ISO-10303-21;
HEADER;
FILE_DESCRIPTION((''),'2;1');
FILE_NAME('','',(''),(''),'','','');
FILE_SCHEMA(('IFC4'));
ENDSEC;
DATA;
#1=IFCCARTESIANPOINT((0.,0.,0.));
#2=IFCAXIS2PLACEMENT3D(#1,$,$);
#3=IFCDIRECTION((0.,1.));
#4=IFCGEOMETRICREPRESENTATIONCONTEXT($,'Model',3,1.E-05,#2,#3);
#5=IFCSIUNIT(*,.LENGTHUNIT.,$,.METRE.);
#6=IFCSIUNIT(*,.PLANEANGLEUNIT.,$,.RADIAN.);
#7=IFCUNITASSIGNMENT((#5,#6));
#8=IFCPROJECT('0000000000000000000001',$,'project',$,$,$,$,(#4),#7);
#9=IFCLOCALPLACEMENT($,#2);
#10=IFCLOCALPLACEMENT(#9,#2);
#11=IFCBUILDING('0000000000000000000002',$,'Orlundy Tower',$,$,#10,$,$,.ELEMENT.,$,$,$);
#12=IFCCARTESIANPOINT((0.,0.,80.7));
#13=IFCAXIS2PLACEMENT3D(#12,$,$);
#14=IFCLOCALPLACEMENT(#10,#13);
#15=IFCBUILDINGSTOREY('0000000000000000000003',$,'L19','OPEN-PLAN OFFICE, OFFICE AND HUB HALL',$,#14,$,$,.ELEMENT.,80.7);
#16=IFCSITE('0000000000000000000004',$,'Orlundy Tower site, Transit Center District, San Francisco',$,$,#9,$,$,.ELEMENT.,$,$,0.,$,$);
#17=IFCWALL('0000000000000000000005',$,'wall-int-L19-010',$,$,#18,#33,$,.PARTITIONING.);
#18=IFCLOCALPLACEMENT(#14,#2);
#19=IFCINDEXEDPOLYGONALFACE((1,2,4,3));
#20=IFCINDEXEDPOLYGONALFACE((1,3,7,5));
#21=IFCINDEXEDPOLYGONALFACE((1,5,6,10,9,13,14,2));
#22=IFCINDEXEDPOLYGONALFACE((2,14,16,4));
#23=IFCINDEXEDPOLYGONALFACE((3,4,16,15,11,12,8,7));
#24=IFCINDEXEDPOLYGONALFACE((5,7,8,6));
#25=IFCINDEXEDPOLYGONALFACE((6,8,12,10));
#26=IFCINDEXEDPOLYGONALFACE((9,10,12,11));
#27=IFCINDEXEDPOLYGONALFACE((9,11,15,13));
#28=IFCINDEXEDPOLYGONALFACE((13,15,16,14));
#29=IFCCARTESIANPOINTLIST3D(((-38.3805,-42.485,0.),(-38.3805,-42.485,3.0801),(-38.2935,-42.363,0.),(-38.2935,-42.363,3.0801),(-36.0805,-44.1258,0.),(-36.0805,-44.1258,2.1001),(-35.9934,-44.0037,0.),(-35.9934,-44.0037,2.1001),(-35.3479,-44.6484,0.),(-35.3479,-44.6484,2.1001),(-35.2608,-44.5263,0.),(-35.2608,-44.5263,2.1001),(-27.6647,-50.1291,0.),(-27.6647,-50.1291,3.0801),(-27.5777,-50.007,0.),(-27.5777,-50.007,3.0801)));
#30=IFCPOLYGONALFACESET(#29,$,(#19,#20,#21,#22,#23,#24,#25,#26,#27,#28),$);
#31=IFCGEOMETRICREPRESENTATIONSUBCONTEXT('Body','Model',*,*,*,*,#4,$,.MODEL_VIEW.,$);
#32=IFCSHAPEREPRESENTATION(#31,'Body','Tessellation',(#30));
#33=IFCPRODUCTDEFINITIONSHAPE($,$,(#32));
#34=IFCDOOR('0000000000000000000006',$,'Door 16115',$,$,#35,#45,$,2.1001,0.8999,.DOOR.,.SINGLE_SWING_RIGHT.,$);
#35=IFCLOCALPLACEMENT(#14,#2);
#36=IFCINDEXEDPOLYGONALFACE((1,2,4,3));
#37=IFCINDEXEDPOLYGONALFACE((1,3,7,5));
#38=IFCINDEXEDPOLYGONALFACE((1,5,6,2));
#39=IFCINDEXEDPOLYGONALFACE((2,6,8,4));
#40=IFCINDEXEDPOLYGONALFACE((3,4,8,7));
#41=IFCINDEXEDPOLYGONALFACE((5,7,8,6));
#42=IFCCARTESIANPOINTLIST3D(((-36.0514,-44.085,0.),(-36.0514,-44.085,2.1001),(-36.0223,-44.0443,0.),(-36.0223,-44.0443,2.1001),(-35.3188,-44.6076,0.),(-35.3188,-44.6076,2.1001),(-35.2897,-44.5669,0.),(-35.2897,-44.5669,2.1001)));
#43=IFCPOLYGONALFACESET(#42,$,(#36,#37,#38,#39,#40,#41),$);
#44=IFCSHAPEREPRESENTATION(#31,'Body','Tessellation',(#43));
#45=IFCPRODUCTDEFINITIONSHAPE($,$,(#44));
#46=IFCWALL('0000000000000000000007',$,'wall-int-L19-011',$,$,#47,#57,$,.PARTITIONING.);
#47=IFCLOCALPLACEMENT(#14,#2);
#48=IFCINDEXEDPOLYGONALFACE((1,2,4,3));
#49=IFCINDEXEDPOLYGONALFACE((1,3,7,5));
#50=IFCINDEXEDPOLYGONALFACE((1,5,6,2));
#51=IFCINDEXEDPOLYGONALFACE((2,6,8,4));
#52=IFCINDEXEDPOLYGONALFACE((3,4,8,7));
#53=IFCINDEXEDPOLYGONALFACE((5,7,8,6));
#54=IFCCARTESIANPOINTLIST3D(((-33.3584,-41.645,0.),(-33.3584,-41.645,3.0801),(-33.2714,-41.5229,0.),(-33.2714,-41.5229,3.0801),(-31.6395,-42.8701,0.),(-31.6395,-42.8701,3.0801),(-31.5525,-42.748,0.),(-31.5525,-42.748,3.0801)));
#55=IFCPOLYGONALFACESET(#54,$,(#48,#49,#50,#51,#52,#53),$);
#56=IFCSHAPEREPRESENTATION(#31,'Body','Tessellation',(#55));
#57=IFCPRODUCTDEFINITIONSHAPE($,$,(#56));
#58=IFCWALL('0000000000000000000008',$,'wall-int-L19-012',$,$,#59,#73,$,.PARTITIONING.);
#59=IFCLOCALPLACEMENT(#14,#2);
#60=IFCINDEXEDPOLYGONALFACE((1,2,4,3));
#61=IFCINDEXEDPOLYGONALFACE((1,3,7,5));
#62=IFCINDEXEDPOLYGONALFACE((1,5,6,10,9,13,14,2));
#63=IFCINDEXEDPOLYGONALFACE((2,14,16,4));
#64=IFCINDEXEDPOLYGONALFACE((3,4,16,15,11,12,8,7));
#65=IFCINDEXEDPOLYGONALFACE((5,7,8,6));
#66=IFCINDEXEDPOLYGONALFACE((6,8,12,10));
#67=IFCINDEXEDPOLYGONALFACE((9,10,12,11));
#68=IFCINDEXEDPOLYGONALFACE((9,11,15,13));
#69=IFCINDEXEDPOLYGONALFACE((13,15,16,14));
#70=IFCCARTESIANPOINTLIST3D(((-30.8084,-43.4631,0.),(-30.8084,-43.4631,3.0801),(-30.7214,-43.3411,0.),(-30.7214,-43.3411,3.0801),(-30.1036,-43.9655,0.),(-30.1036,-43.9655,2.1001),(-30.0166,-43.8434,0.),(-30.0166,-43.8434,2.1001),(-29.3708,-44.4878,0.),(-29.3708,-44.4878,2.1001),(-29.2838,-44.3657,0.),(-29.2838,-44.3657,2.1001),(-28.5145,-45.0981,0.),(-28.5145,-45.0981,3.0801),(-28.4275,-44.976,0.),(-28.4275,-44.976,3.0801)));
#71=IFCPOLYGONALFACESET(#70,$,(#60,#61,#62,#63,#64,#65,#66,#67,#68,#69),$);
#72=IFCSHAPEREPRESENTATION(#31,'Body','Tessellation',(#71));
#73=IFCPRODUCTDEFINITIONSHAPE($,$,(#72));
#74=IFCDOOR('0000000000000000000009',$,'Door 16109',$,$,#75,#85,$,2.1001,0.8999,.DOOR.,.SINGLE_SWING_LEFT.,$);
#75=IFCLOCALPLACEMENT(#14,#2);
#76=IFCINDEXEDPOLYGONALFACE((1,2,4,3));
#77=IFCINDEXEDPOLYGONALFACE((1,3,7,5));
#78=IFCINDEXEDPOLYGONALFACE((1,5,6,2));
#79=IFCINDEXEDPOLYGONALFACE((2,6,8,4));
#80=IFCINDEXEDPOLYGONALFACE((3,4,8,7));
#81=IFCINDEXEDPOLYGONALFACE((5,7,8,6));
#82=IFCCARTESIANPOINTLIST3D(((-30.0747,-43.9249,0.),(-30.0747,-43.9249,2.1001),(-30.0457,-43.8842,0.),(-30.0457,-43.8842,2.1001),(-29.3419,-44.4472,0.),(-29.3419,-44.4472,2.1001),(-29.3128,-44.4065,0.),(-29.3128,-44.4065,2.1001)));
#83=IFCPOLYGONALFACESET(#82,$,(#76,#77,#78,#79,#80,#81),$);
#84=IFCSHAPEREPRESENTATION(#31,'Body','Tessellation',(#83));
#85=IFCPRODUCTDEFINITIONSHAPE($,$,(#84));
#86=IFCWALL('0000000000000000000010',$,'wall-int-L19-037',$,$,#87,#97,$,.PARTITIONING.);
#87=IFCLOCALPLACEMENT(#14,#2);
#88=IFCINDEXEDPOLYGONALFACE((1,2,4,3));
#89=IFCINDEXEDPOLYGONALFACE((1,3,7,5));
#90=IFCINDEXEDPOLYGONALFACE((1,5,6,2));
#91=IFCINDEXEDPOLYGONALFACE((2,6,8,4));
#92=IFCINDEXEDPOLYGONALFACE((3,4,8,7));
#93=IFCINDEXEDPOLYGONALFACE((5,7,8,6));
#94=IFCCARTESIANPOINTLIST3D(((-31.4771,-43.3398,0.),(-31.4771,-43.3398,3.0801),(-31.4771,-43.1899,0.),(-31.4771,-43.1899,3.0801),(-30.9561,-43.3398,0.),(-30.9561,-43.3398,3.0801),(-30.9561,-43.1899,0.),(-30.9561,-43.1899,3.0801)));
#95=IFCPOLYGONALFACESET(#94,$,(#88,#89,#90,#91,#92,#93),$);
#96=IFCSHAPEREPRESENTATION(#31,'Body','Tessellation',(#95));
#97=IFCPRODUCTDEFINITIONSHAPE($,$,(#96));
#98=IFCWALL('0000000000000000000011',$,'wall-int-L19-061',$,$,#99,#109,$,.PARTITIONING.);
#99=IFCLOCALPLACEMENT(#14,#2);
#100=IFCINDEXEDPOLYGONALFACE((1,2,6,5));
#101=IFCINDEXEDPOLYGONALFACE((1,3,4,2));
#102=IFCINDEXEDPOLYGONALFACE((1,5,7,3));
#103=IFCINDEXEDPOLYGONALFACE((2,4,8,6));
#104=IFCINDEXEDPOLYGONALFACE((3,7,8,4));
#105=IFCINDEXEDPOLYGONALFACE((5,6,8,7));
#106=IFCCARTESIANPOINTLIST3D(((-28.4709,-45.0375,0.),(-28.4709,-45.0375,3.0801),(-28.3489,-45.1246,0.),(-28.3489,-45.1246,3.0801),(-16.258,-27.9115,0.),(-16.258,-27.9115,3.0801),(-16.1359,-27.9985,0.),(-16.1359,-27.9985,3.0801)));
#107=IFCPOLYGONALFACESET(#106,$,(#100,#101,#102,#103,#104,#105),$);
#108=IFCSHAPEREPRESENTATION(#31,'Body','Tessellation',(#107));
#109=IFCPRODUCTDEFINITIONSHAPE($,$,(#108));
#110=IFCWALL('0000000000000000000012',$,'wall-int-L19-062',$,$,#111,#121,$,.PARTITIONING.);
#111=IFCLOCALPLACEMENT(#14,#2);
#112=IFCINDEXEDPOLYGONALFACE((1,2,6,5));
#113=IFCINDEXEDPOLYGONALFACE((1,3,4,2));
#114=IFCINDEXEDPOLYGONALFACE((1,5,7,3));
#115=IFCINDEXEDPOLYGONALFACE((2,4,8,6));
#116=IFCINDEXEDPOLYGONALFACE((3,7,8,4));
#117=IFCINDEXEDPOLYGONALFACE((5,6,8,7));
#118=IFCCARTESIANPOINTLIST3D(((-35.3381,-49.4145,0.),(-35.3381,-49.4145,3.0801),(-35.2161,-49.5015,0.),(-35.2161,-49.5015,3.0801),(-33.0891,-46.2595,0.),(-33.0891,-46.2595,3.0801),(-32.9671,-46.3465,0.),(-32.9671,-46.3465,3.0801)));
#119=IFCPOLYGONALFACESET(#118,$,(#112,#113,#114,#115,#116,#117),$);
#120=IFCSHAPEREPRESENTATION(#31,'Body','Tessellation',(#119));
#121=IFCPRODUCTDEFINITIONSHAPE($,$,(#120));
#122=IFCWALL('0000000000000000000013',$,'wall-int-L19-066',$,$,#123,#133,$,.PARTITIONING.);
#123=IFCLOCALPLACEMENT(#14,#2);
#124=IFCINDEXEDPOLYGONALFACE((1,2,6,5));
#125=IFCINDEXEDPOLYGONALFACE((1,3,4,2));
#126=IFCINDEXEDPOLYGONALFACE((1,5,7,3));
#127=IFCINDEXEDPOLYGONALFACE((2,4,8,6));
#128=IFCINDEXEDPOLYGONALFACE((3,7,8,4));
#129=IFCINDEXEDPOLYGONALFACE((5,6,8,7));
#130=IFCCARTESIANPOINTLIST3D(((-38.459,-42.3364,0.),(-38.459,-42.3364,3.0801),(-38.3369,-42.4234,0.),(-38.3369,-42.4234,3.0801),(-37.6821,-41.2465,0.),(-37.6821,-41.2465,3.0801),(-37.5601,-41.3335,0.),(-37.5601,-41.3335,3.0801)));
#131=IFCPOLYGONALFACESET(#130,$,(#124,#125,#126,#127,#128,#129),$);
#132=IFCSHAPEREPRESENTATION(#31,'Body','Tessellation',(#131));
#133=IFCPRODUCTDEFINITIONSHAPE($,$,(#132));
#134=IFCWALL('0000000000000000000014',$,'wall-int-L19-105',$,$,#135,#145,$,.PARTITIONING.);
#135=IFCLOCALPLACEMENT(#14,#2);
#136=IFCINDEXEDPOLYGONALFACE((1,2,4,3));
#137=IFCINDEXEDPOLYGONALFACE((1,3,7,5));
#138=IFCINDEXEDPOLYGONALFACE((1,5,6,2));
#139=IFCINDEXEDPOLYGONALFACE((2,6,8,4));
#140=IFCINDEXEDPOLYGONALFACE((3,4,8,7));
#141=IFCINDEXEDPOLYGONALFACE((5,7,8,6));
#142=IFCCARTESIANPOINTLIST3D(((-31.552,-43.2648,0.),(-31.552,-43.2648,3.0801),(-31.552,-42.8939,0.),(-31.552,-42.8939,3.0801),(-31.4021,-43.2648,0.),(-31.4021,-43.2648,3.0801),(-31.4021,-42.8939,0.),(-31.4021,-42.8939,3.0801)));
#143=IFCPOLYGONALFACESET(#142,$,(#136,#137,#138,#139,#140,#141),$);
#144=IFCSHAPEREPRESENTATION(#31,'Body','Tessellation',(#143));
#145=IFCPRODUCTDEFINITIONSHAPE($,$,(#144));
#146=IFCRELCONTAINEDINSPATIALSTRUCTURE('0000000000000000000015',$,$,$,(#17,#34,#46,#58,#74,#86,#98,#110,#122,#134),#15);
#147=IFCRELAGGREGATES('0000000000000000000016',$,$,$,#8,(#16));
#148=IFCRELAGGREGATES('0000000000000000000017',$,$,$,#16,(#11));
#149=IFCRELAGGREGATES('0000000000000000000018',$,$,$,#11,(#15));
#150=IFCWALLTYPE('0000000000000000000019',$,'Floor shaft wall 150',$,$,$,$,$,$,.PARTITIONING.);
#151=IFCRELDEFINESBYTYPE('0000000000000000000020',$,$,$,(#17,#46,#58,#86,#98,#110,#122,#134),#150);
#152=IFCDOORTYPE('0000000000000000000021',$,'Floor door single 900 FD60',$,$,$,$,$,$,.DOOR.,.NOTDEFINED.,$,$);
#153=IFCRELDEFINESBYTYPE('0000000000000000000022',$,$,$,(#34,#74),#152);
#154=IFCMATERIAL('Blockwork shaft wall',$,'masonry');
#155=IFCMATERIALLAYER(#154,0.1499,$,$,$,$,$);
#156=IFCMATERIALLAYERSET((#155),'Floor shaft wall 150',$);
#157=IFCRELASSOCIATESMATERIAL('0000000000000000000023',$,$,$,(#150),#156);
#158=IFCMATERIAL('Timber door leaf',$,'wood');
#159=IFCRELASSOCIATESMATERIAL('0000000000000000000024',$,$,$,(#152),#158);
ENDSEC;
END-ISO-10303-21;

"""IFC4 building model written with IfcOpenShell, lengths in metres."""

from ifc_helpers import new_model, si_unit, direction, frame, frame_2d, origin, place, context, subcontext, project, spatial, rectangle, extrude, material, layer, layer_set, type_object, element, fill, save


model = new_model("IFC4")

# Units and contexts
model_context = context("Model", 3, precision=1e-05, world=origin(), true_north=direction((0.0, 1.0)))
body_context = subcontext(model_context, "Body", "Model", "MODEL_VIEW")
ifc_project = project(units=[si_unit("LENGTHUNIT", "METRE"), si_unit("PLANEANGLEUNIT", "RADIAN")], contexts=[model_context])

# Site, building, storey
site_placement = place(None, origin())
site = spatial("IfcSite", under=ifc_project, at=site_placement, Name="Orlundy Tower site, Transit Center District, San Francisco", CompositionType="ELEMENT", RefElevation=0.0)
building_placement = place(site_placement, origin())
building = spatial("IfcBuilding", under=site, at=building_placement, Name="Orlundy Tower", CompositionType="ELEMENT")
storey_placement = place(building_placement, frame((0.0, 0.0, 80.7)))
storey = spatial("IfcBuildingStorey", under=building, at=storey_placement, Name="L19", Description="OPEN-PLAN OFFICE, OFFICE AND HUB HALL", CompositionType="ELEMENT", Elevation=80.7)

# Wall, opening, door
ifc_material_1 = material(Name="Blockwork shaft wall", Category="masonry")
ifc_layer_1 = layer(ifc_material_1, 0.1499)
ifc_layer_set_1 = layer_set([ifc_layer_1], Name="Floor shaft wall 150")
wall_type_1 = type_object("IfcWallType", Name="Floor shaft wall 150", PredefinedType="PARTITIONING", material=ifc_layer_set_1)
wall_1_placement = place(storey_placement, frame((-27.6211, -50.0681, 0.0), z_axis=(0.0, 0.0, 1.0), x_axis=(-0.814097, 0.580729, 0.0)))
wall_1 = element("IfcWall", 1, at=wall_1_placement, inside=storey, type_object=wall_type_1, Name="wall-int-L19-010", PredefinedType="PARTITIONING", context=body_context, shape_type="SweptSolid", body=[
    extrude(rectangle(XDim=13.1628, YDim=0.1499, at=frame_2d((6.5815, 0.0))), origin(), (0.0, 0.0, 1.0), 3.0801),
])
opening_1_placement = place(wall_1_placement, frame((9.4377, 0.0, 0.0)))
opening_1 = element("IfcOpeningElement", 2, at=opening_1_placement, cuts=wall_1, PredefinedType="OPENING", context=body_context, shape_type="SweptSolid", body=[
    extrude(rectangle(XDim=0.8999, YDim=2.1001, at=frame_2d((0.45, 1.05))), frame((0.0, 0.085, 0.0), z_axis=(0.0, -1.0, 0.0), x_axis=(1.0, 0.0, 0.0)), (0.0, 0.0, 1.0), 0.1699),
])
ifc_material_2 = material(Name="Timber door leaf", Category="wood")
door_type = type_object("IfcDoorType", Name="Floor door single 900 FD60", OperationType="NOTDEFINED", PredefinedType="DOOR", material=ifc_material_2)
door_1_placement = place(opening_1_placement, origin())
door_1 = element("IfcDoor", 3, at=door_1_placement, inside=storey, type_object=door_type, Name="Door 16115", OperationType="SINGLE_SWING_RIGHT", OverallHeight=2.1001, OverallWidth=0.8999, PredefinedType="DOOR", context=body_context, shape_type="SweptSolid", body=[
    extrude(rectangle(XDim=0.8999, YDim=2.1001, at=frame_2d((0.45, 1.05))), frame((0.0, 0.0249, 0.0), z_axis=(0.0, -1.0, 0.0), x_axis=(1.0, 0.0, 0.0)), (0.0, 0.0, 1.0), 0.05),
])
fill(opening_1, door_1)

# Wall
wall_2_placement = place(storey_placement, frame((-33.3149, -41.584, 0.0), z_axis=(0.0, 0.0, 1.0), x_axis=(0.81435, -0.580374, 0.0)))
element("IfcWall", 4, at=wall_2_placement, inside=storey, type_object=wall_type_1, Name="wall-int-L19-011", PredefinedType="PARTITIONING", context=body_context, shape_type="SweptSolid", body=[
    extrude(rectangle(XDim=2.1108, YDim=0.1499, at=frame_2d((1.0554, 0.0))), origin(), (0.0, 0.0, 1.0), 3.0801),
])

# Wall, opening, door
wall_3_placement = place(storey_placement, frame((-30.7649, -43.4021, 0.0), z_axis=(0.0, 0.0, 1.0), x_axis=(0.814324, -0.58041, 0.0)))
wall_3 = element("IfcWall", 5, at=wall_3_placement, inside=storey, type_object=wall_type_1, Name="wall-int-L19-012", PredefinedType="PARTITIONING", context=body_context, shape_type="SweptSolid", body=[
    extrude(rectangle(XDim=2.8169, YDim=0.1499, at=frame_2d((1.4084, 0.0))), origin(), (0.0, 0.0, 1.0), 3.0801),
])
opening_2_placement = place(wall_3_placement, frame((0.8655, 0.0, 0.0)))
opening_2 = element("IfcOpeningElement", 6, at=opening_2_placement, cuts=wall_3, PredefinedType="OPENING", context=body_context, shape_type="SweptSolid", body=[
    extrude(rectangle(XDim=0.8999, YDim=2.1001, at=frame_2d((0.45, 1.05))), frame((0.0, 0.085, 0.0), z_axis=(0.0, -1.0, 0.0), x_axis=(1.0, 0.0, 0.0)), (0.0, 0.0, 1.0), 0.1699),
])
door_2_placement = place(opening_2_placement, origin())
door_2 = element("IfcDoor", 7, at=door_2_placement, inside=storey, type_object=door_type, Name="Door 16109", OperationType="SINGLE_SWING_LEFT", OverallHeight=2.1001, OverallWidth=0.8999, PredefinedType="DOOR", context=body_context, shape_type="SweptSolid", body=[
    extrude(rectangle(XDim=0.8999, YDim=2.1001, at=frame_2d((0.45, 1.05))), frame((0.0, 0.0249, 0.0), z_axis=(0.0, -1.0, 0.0), x_axis=(1.0, 0.0, 0.0)), (0.0, 0.0, 1.0), 0.05),
])
fill(opening_2, door_2)

# Walls
wall_4_placement = place(storey_placement, frame((-31.4771, -43.2649, 0.0), z_axis=(0.0, 0.0, 1.0), x_axis=(1.0, 0.0, 0.0)))
element("IfcWall", 8, at=wall_4_placement, inside=storey, type_object=wall_type_1, Name="wall-int-L19-037", PredefinedType="PARTITIONING", context=body_context, shape_type="SweptSolid", body=[
    extrude(rectangle(XDim=0.521, YDim=0.1499, at=frame_2d((0.2605, 0.0))), origin(), (0.0, 0.0, 1.0), 3.0801),
])
wall_5_placement = place(storey_placement, frame((-28.4099, -45.0811, 0.0), z_axis=(0.0, 0.0, 1.0), x_axis=(0.58061, 0.814182, 0.0)))
element("IfcWall", 9, at=wall_5_placement, inside=storey, type_object=wall_type_1, Name="wall-int-L19-061", PredefinedType="PARTITIONING", context=body_context, shape_type="SweptSolid", body=[
    extrude(rectangle(XDim=21.0347, YDim=0.1499, at=frame_2d((10.5173, 0.0))), origin(), (0.0, 0.0, 1.0), 3.0801),
])
wall_6_placement = place(storey_placement, frame((-35.2771, -49.458, 0.0), z_axis=(0.0, 0.0, 1.0), x_axis=(0.580457, 0.814291, 0.0)))
element("IfcWall", 10, at=wall_6_placement, inside=storey, type_object=wall_type_1, Name="wall-int-L19-062", PredefinedType="PARTITIONING", context=body_context, shape_type="SweptSolid", body=[
    extrude(rectangle(XDim=3.8745, YDim=0.1499, at=frame_2d((1.9373, 0.0))), origin(), (0.0, 0.0, 1.0), 3.0801),
])
wall_7_placement = place(storey_placement, frame((-38.3979, -42.3799, 0.0), z_axis=(0.0, 0.0, 1.0), x_axis=(0.580444, 0.8143, 0.0)))
element("IfcWall", 11, at=wall_7_placement, inside=storey, type_object=wall_type_1, Name="wall-int-L19-066", PredefinedType="PARTITIONING", context=body_context, shape_type="SweptSolid", body=[
    extrude(rectangle(XDim=1.3384, YDim=0.1499, at=frame_2d((0.6692, 0.0))), origin(), (0.0, 0.0, 1.0), 3.0801),
])
wall_8_placement = place(storey_placement, frame((-31.4771, -43.2649, 0.0), z_axis=(0.0, 0.0, 1.0), x_axis=(0.0, 1.0, 0.0)))
element("IfcWall", 12, at=wall_8_placement, inside=storey, type_object=wall_type_1, Name="wall-int-L19-105", PredefinedType="PARTITIONING", context=body_context, shape_type="SweptSolid", body=[
    extrude(rectangle(XDim=0.3708, YDim=0.1499, at=frame_2d((0.1855, 0.0))), origin(), (0.0, 0.0, 1.0), 3.0801),
])

save(model, "model.ifc")
